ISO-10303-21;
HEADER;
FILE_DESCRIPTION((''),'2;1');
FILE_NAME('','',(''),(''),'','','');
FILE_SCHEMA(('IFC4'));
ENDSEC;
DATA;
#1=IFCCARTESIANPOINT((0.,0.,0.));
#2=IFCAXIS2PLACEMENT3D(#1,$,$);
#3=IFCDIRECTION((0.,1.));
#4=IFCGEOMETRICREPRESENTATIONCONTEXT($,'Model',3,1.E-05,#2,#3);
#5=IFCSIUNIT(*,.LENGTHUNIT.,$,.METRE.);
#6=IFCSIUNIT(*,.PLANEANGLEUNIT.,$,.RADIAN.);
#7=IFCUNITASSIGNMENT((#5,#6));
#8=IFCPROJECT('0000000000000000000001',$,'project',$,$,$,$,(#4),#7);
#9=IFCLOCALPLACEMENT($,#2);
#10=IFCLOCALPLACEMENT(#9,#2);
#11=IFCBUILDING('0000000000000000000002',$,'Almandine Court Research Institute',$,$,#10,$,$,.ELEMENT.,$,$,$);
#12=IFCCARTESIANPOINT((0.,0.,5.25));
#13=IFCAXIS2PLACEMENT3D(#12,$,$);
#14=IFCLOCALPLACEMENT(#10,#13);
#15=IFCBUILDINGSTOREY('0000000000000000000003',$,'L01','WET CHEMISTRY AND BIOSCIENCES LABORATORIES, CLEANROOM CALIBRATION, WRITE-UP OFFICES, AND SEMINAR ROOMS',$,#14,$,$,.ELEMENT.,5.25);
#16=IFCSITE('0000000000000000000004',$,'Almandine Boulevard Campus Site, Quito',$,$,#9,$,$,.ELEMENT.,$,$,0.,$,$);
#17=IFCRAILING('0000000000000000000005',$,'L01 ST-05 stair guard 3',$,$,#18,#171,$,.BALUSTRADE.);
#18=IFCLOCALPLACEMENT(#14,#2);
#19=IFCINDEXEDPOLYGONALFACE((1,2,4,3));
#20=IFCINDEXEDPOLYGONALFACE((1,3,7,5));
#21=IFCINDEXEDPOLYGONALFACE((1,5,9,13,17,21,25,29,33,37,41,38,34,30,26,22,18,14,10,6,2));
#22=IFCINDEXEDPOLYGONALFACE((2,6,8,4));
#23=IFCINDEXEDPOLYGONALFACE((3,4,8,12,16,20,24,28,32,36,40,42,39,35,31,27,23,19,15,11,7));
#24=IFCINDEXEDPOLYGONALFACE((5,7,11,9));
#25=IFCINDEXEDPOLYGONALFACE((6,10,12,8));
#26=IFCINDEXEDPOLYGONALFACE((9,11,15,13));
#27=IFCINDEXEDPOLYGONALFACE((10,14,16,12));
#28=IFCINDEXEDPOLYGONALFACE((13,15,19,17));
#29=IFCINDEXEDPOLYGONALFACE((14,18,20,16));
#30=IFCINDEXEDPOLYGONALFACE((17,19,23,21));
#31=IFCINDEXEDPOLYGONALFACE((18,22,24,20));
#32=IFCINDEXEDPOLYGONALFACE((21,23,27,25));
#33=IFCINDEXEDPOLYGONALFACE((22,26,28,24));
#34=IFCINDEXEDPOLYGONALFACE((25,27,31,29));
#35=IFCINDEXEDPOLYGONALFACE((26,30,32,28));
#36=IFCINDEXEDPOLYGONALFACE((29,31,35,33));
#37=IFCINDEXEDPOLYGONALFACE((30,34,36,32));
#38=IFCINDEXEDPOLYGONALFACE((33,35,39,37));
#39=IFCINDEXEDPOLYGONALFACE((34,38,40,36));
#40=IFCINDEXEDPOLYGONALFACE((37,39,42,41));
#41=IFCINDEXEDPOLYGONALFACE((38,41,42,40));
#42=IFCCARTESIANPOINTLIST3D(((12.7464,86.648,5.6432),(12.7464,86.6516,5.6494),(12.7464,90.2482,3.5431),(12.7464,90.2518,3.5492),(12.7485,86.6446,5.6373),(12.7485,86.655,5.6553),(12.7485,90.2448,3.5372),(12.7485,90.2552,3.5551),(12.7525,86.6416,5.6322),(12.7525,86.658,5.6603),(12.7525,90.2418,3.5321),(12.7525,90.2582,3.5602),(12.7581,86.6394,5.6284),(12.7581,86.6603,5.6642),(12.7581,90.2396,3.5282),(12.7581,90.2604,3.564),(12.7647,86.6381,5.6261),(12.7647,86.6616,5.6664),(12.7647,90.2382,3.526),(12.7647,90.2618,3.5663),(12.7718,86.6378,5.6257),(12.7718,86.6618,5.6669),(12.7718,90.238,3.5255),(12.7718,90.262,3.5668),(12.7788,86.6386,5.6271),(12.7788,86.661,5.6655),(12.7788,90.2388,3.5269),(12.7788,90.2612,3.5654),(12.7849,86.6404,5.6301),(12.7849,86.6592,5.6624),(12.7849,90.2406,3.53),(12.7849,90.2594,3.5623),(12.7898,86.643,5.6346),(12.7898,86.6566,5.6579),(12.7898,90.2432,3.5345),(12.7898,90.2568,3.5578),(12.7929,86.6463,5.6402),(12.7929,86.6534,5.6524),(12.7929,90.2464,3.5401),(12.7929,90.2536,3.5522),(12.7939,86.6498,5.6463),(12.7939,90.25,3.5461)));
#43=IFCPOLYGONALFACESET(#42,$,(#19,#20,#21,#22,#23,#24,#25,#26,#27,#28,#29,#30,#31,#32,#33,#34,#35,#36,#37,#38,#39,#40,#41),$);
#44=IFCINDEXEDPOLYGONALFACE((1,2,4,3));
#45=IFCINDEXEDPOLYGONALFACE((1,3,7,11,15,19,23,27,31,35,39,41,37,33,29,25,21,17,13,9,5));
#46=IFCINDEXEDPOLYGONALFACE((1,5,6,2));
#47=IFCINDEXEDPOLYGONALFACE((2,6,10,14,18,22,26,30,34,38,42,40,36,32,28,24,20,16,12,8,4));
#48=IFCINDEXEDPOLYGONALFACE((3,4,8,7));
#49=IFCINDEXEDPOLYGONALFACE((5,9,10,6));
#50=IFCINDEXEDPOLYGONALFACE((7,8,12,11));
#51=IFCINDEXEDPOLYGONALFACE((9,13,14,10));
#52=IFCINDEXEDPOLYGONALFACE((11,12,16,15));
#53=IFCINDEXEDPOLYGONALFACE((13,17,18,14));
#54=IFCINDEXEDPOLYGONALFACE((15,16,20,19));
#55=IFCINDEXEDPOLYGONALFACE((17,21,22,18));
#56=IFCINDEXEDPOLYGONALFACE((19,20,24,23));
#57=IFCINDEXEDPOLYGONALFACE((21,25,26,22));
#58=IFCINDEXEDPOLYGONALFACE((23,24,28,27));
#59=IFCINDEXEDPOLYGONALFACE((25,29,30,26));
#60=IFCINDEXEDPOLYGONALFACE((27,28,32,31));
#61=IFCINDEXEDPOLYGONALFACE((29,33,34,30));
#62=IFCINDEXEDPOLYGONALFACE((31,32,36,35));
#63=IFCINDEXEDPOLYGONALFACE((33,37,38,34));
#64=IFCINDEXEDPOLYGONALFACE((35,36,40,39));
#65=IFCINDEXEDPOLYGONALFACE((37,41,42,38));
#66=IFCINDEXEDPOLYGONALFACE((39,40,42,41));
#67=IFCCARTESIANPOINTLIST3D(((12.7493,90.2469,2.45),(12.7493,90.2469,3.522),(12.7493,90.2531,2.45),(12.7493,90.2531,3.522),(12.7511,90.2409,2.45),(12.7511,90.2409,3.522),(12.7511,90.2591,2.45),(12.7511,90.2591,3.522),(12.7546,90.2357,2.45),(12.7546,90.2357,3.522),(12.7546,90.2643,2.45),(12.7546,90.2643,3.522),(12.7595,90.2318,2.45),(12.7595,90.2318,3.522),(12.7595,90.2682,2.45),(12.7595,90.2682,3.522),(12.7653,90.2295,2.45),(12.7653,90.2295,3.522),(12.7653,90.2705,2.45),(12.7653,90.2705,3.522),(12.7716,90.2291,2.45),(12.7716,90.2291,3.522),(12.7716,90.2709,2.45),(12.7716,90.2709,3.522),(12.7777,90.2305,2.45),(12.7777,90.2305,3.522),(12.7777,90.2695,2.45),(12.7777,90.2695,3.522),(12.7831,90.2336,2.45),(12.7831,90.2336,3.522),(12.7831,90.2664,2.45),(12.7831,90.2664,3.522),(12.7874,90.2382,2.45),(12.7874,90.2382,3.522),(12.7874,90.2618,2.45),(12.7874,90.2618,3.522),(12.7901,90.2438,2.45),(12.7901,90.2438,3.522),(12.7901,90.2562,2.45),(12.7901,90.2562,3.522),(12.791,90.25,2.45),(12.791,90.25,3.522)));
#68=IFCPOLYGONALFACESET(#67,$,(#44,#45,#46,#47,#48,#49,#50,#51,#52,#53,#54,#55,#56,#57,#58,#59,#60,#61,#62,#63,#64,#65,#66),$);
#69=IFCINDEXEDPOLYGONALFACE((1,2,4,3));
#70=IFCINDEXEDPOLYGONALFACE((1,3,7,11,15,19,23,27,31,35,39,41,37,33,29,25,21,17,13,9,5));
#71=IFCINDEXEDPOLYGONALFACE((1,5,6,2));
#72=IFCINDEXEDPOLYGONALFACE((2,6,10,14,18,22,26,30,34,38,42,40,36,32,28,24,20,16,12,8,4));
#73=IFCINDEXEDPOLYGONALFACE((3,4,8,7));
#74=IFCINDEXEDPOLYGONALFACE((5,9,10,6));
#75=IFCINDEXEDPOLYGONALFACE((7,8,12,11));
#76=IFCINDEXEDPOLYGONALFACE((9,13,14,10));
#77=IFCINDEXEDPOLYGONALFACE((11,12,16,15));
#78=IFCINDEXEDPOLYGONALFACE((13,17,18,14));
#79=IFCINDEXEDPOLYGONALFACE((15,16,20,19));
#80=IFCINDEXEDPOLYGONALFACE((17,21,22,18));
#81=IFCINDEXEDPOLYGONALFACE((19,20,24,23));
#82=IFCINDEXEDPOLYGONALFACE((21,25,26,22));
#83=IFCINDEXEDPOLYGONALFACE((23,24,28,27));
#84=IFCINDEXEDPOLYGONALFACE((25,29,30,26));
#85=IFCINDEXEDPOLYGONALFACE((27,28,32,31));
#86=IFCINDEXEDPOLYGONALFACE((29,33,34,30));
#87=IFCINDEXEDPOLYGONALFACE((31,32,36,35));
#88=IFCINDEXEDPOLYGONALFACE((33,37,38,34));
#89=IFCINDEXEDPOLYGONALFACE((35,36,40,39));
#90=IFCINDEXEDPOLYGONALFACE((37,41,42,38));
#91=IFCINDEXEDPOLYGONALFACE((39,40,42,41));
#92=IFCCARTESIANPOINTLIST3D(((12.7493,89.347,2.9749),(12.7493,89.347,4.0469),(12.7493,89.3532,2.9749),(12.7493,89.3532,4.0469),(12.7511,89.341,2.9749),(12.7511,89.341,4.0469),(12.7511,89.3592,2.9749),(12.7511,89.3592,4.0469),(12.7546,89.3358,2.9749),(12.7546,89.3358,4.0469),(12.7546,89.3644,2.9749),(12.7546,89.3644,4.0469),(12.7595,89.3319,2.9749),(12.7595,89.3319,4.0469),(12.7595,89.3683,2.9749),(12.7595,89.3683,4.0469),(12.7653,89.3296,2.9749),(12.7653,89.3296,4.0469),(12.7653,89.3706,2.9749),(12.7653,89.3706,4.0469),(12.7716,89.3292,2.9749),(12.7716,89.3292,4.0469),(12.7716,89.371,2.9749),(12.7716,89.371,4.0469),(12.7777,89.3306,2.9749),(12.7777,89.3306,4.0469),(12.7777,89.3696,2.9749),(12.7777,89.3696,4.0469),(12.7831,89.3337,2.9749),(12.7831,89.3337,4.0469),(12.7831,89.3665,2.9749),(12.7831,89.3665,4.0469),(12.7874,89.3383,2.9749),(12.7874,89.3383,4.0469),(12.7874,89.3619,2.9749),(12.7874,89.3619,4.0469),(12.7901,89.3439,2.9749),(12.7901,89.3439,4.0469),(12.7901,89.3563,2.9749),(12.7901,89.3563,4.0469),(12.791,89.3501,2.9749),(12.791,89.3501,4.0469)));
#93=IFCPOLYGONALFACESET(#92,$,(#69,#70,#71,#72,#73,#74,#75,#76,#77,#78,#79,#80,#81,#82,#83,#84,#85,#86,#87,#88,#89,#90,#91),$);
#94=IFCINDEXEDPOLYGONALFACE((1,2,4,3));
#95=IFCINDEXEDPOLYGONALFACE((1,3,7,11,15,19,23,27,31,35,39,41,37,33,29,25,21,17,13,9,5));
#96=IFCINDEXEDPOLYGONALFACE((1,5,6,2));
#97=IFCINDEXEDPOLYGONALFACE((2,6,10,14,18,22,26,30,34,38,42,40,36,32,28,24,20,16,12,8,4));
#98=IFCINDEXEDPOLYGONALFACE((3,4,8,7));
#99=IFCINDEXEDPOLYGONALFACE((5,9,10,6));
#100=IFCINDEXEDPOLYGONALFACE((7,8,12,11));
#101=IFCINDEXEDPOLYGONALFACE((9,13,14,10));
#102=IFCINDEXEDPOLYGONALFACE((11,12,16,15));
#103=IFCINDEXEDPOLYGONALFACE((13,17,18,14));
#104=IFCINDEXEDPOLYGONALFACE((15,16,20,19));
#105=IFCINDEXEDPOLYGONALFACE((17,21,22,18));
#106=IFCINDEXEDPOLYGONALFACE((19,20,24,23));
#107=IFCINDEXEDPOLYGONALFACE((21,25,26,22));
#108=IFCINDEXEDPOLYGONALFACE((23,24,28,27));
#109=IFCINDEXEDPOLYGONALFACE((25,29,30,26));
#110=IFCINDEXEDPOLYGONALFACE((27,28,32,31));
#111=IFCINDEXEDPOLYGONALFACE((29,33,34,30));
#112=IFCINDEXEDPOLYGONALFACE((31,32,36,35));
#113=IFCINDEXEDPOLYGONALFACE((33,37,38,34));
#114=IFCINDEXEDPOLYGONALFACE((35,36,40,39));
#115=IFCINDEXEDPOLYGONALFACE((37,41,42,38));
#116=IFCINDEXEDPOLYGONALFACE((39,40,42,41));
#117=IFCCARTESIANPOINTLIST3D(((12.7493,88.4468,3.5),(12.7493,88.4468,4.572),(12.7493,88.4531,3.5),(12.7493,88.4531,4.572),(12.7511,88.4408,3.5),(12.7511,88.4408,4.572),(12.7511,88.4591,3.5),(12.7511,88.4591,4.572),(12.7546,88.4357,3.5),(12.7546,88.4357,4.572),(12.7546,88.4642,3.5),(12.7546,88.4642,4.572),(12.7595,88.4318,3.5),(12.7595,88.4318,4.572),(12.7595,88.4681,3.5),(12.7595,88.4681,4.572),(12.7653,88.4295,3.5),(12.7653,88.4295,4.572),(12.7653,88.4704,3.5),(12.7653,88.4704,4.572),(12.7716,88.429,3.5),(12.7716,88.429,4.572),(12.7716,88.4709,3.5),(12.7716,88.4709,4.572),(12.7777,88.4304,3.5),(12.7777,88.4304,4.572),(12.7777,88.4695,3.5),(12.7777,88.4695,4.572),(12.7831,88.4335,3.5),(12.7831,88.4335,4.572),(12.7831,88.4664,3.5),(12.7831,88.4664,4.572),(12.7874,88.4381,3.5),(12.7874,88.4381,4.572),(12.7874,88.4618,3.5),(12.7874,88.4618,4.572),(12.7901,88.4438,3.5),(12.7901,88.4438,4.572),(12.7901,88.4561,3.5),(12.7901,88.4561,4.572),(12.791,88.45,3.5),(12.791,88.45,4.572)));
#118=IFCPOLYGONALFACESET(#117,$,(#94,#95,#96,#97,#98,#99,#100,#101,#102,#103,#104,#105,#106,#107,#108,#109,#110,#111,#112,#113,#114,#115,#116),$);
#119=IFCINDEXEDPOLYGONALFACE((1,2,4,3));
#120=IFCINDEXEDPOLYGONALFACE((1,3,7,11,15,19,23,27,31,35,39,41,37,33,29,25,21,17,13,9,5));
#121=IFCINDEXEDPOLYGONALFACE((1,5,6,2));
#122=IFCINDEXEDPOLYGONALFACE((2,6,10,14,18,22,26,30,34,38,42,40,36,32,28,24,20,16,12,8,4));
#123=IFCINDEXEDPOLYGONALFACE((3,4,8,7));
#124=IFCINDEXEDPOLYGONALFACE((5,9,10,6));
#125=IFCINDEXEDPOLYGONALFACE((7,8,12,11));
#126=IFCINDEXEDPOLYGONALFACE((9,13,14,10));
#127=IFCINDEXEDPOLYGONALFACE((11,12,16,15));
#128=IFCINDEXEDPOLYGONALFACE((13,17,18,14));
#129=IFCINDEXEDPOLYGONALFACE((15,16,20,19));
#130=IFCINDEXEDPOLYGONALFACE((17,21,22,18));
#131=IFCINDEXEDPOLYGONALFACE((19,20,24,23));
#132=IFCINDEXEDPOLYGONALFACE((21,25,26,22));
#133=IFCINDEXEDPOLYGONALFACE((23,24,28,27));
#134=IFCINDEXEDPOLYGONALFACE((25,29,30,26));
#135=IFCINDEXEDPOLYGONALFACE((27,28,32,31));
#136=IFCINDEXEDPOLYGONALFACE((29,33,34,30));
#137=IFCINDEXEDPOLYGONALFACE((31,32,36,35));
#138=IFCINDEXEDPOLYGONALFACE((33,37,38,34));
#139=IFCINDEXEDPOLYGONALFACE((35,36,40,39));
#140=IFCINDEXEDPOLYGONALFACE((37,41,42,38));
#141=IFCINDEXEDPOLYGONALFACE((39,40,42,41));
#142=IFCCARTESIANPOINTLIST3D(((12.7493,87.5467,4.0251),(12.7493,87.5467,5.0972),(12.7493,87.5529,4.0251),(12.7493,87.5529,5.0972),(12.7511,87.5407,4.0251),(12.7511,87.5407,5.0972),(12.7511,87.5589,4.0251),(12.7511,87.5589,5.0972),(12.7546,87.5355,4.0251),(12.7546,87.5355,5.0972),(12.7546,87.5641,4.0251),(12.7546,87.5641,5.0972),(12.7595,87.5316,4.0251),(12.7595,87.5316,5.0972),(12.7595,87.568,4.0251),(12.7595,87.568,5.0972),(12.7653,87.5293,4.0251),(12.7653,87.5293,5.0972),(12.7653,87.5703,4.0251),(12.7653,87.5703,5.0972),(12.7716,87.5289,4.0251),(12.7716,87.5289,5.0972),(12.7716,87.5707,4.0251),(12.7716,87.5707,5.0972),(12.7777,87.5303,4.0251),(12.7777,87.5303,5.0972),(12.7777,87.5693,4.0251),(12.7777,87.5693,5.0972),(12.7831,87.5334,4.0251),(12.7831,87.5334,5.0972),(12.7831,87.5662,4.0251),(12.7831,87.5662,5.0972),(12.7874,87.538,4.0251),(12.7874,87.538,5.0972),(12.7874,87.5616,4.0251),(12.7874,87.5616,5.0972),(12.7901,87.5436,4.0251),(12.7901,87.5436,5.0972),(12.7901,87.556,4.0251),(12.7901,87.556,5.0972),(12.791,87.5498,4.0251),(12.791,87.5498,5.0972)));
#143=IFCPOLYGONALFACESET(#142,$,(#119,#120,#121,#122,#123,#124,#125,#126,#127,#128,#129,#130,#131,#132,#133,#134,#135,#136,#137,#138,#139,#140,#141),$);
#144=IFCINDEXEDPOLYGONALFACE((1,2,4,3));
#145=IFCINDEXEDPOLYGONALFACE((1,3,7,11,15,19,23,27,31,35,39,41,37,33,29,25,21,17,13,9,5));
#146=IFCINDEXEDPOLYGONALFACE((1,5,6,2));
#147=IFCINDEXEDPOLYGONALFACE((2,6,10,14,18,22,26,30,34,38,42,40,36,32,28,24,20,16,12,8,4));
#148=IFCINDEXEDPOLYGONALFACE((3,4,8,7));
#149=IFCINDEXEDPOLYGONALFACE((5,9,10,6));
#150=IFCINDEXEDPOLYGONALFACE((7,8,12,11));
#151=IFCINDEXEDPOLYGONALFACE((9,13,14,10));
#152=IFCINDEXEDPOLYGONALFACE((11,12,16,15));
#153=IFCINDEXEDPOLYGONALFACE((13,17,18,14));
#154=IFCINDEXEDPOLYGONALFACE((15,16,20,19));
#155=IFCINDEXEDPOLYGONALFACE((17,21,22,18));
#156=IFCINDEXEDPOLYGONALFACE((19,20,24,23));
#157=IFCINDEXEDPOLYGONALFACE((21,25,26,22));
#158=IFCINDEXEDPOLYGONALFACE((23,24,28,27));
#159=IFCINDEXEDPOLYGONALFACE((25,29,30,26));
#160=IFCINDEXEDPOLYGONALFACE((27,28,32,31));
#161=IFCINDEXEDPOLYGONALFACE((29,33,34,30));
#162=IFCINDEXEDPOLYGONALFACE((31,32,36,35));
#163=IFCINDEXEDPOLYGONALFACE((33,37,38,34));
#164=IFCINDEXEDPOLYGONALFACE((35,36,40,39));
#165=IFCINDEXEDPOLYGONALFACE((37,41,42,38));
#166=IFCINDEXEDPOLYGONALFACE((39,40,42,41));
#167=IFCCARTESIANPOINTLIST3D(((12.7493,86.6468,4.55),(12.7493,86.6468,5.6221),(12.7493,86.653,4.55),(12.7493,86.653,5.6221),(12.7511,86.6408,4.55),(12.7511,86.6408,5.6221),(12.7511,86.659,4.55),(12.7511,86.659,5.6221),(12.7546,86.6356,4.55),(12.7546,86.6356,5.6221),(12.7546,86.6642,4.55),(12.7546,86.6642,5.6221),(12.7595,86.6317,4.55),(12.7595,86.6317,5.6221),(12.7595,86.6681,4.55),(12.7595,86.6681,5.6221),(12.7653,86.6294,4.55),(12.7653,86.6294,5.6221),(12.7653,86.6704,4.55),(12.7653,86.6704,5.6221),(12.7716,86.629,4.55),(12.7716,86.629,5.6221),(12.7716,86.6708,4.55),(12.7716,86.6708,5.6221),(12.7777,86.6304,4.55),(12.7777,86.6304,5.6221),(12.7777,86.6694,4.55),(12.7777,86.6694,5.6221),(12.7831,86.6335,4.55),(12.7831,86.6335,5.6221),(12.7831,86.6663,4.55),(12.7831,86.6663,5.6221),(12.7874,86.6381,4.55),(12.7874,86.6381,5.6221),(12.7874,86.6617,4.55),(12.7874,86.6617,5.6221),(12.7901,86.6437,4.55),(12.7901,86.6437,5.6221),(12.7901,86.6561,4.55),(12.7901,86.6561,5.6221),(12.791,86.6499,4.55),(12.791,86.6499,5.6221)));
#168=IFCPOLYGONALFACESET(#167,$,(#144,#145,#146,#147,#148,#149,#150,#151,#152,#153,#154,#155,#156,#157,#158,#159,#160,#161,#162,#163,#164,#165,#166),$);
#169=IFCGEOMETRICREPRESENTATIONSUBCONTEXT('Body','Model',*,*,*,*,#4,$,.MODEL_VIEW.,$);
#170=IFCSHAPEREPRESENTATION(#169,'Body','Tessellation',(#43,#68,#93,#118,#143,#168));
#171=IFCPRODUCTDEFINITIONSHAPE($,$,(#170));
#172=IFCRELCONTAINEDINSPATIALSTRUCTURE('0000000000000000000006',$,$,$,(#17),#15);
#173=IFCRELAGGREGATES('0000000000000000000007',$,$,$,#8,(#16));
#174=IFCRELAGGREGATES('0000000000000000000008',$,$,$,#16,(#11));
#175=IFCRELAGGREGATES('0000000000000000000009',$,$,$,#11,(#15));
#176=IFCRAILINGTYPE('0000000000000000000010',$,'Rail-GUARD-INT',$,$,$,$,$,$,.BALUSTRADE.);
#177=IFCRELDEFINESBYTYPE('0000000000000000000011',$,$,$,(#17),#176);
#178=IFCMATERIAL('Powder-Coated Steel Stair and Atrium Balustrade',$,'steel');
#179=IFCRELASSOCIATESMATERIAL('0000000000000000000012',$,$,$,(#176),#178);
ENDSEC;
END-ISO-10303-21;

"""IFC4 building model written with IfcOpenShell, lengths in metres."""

from ifc_helpers import new_model, si_unit, direction, frame, origin, origin_2d, place, context, subcontext, project, spatial, circle, extrude, material, type_object, element, save


model = new_model("IFC4")

# Units and contexts
model_context = context("Model", 3, precision=1e-05, world=origin(), true_north=direction((0.0, 1.0)))
body_context = subcontext(model_context, "Body", "Model", "MODEL_VIEW")
ifc_project = project(units=[si_unit("LENGTHUNIT", "METRE"), si_unit("PLANEANGLEUNIT", "RADIAN")], contexts=[model_context])

# Site, building, storey
site_placement = place(None, origin())
site = spatial("IfcSite", under=ifc_project, at=site_placement, Name="Almandine Boulevard Campus Site, Quito", CompositionType="ELEMENT", RefElevation=0.0)
building_placement = place(site_placement, origin())
building = spatial("IfcBuilding", under=site, at=building_placement, Name="Almandine Court Research Institute", CompositionType="ELEMENT")
storey_placement = place(building_placement, frame((0.0, 0.0, 5.25)))
storey = spatial("IfcBuildingStorey", under=building, at=storey_placement, Name="L01", Description="WET CHEMISTRY AND BIOSCIENCES LABORATORIES, CLEANROOM CALIBRATION, WRITE-UP OFFICES, AND SEMINAR ROOMS", CompositionType="ELEMENT", Elevation=5.25)

# Railing
ifc_material_1 = material(Name="Powder-Coated Steel Stair and Atrium Balustrade", Category="steel")
railing_type_1 = type_object("IfcRailingType", Name="Rail-GUARD-INT", PredefinedType="BALUSTRADE", material=ifc_material_1)
railing_1_placement = place(storey_placement, frame((12.77, 90.25, 2.45)))
element("IfcRailing", 1, at=railing_1_placement, inside=storey, type_object=railing_type_1, Name="L01 ST-05 stair guard 3", PredefinedType="BALUSTRADE", context=body_context, shape_type="SweptSolid", body=[
    extrude(circle(Radius=0.0239, at=origin_2d()), frame((0.0, 0.0, 1.0962), z_axis=(0.0, -0.863775, 0.503878), x_axis=(1.0, 0.0, 0.0)), (0.0, 0.0, 1.0), 4.168),
    extrude(circle(Radius=0.021, at=origin_2d()), origin(), (0.0, 0.0, 1.0), 1.072),
    extrude(circle(Radius=0.021, at=origin_2d()), frame((0.0, -0.8999, 0.5249)), (0.0, 0.0, 1.0), 1.072),
    extrude(circle(Radius=0.021, at=origin_2d()), frame((0.0, -1.8, 1.05)), (0.0, 0.0, 1.0), 1.072),
    extrude(circle(Radius=0.021, at=origin_2d()), frame((0.0, -2.7002, 1.5752)), (0.0, 0.0, 1.0), 1.072),
    extrude(circle(Radius=0.021, at=origin_2d()), frame((0.0, -3.6001, 2.1001)), (0.0, 0.0, 1.0), 1.072),
])

save(model, "model.ifc")
